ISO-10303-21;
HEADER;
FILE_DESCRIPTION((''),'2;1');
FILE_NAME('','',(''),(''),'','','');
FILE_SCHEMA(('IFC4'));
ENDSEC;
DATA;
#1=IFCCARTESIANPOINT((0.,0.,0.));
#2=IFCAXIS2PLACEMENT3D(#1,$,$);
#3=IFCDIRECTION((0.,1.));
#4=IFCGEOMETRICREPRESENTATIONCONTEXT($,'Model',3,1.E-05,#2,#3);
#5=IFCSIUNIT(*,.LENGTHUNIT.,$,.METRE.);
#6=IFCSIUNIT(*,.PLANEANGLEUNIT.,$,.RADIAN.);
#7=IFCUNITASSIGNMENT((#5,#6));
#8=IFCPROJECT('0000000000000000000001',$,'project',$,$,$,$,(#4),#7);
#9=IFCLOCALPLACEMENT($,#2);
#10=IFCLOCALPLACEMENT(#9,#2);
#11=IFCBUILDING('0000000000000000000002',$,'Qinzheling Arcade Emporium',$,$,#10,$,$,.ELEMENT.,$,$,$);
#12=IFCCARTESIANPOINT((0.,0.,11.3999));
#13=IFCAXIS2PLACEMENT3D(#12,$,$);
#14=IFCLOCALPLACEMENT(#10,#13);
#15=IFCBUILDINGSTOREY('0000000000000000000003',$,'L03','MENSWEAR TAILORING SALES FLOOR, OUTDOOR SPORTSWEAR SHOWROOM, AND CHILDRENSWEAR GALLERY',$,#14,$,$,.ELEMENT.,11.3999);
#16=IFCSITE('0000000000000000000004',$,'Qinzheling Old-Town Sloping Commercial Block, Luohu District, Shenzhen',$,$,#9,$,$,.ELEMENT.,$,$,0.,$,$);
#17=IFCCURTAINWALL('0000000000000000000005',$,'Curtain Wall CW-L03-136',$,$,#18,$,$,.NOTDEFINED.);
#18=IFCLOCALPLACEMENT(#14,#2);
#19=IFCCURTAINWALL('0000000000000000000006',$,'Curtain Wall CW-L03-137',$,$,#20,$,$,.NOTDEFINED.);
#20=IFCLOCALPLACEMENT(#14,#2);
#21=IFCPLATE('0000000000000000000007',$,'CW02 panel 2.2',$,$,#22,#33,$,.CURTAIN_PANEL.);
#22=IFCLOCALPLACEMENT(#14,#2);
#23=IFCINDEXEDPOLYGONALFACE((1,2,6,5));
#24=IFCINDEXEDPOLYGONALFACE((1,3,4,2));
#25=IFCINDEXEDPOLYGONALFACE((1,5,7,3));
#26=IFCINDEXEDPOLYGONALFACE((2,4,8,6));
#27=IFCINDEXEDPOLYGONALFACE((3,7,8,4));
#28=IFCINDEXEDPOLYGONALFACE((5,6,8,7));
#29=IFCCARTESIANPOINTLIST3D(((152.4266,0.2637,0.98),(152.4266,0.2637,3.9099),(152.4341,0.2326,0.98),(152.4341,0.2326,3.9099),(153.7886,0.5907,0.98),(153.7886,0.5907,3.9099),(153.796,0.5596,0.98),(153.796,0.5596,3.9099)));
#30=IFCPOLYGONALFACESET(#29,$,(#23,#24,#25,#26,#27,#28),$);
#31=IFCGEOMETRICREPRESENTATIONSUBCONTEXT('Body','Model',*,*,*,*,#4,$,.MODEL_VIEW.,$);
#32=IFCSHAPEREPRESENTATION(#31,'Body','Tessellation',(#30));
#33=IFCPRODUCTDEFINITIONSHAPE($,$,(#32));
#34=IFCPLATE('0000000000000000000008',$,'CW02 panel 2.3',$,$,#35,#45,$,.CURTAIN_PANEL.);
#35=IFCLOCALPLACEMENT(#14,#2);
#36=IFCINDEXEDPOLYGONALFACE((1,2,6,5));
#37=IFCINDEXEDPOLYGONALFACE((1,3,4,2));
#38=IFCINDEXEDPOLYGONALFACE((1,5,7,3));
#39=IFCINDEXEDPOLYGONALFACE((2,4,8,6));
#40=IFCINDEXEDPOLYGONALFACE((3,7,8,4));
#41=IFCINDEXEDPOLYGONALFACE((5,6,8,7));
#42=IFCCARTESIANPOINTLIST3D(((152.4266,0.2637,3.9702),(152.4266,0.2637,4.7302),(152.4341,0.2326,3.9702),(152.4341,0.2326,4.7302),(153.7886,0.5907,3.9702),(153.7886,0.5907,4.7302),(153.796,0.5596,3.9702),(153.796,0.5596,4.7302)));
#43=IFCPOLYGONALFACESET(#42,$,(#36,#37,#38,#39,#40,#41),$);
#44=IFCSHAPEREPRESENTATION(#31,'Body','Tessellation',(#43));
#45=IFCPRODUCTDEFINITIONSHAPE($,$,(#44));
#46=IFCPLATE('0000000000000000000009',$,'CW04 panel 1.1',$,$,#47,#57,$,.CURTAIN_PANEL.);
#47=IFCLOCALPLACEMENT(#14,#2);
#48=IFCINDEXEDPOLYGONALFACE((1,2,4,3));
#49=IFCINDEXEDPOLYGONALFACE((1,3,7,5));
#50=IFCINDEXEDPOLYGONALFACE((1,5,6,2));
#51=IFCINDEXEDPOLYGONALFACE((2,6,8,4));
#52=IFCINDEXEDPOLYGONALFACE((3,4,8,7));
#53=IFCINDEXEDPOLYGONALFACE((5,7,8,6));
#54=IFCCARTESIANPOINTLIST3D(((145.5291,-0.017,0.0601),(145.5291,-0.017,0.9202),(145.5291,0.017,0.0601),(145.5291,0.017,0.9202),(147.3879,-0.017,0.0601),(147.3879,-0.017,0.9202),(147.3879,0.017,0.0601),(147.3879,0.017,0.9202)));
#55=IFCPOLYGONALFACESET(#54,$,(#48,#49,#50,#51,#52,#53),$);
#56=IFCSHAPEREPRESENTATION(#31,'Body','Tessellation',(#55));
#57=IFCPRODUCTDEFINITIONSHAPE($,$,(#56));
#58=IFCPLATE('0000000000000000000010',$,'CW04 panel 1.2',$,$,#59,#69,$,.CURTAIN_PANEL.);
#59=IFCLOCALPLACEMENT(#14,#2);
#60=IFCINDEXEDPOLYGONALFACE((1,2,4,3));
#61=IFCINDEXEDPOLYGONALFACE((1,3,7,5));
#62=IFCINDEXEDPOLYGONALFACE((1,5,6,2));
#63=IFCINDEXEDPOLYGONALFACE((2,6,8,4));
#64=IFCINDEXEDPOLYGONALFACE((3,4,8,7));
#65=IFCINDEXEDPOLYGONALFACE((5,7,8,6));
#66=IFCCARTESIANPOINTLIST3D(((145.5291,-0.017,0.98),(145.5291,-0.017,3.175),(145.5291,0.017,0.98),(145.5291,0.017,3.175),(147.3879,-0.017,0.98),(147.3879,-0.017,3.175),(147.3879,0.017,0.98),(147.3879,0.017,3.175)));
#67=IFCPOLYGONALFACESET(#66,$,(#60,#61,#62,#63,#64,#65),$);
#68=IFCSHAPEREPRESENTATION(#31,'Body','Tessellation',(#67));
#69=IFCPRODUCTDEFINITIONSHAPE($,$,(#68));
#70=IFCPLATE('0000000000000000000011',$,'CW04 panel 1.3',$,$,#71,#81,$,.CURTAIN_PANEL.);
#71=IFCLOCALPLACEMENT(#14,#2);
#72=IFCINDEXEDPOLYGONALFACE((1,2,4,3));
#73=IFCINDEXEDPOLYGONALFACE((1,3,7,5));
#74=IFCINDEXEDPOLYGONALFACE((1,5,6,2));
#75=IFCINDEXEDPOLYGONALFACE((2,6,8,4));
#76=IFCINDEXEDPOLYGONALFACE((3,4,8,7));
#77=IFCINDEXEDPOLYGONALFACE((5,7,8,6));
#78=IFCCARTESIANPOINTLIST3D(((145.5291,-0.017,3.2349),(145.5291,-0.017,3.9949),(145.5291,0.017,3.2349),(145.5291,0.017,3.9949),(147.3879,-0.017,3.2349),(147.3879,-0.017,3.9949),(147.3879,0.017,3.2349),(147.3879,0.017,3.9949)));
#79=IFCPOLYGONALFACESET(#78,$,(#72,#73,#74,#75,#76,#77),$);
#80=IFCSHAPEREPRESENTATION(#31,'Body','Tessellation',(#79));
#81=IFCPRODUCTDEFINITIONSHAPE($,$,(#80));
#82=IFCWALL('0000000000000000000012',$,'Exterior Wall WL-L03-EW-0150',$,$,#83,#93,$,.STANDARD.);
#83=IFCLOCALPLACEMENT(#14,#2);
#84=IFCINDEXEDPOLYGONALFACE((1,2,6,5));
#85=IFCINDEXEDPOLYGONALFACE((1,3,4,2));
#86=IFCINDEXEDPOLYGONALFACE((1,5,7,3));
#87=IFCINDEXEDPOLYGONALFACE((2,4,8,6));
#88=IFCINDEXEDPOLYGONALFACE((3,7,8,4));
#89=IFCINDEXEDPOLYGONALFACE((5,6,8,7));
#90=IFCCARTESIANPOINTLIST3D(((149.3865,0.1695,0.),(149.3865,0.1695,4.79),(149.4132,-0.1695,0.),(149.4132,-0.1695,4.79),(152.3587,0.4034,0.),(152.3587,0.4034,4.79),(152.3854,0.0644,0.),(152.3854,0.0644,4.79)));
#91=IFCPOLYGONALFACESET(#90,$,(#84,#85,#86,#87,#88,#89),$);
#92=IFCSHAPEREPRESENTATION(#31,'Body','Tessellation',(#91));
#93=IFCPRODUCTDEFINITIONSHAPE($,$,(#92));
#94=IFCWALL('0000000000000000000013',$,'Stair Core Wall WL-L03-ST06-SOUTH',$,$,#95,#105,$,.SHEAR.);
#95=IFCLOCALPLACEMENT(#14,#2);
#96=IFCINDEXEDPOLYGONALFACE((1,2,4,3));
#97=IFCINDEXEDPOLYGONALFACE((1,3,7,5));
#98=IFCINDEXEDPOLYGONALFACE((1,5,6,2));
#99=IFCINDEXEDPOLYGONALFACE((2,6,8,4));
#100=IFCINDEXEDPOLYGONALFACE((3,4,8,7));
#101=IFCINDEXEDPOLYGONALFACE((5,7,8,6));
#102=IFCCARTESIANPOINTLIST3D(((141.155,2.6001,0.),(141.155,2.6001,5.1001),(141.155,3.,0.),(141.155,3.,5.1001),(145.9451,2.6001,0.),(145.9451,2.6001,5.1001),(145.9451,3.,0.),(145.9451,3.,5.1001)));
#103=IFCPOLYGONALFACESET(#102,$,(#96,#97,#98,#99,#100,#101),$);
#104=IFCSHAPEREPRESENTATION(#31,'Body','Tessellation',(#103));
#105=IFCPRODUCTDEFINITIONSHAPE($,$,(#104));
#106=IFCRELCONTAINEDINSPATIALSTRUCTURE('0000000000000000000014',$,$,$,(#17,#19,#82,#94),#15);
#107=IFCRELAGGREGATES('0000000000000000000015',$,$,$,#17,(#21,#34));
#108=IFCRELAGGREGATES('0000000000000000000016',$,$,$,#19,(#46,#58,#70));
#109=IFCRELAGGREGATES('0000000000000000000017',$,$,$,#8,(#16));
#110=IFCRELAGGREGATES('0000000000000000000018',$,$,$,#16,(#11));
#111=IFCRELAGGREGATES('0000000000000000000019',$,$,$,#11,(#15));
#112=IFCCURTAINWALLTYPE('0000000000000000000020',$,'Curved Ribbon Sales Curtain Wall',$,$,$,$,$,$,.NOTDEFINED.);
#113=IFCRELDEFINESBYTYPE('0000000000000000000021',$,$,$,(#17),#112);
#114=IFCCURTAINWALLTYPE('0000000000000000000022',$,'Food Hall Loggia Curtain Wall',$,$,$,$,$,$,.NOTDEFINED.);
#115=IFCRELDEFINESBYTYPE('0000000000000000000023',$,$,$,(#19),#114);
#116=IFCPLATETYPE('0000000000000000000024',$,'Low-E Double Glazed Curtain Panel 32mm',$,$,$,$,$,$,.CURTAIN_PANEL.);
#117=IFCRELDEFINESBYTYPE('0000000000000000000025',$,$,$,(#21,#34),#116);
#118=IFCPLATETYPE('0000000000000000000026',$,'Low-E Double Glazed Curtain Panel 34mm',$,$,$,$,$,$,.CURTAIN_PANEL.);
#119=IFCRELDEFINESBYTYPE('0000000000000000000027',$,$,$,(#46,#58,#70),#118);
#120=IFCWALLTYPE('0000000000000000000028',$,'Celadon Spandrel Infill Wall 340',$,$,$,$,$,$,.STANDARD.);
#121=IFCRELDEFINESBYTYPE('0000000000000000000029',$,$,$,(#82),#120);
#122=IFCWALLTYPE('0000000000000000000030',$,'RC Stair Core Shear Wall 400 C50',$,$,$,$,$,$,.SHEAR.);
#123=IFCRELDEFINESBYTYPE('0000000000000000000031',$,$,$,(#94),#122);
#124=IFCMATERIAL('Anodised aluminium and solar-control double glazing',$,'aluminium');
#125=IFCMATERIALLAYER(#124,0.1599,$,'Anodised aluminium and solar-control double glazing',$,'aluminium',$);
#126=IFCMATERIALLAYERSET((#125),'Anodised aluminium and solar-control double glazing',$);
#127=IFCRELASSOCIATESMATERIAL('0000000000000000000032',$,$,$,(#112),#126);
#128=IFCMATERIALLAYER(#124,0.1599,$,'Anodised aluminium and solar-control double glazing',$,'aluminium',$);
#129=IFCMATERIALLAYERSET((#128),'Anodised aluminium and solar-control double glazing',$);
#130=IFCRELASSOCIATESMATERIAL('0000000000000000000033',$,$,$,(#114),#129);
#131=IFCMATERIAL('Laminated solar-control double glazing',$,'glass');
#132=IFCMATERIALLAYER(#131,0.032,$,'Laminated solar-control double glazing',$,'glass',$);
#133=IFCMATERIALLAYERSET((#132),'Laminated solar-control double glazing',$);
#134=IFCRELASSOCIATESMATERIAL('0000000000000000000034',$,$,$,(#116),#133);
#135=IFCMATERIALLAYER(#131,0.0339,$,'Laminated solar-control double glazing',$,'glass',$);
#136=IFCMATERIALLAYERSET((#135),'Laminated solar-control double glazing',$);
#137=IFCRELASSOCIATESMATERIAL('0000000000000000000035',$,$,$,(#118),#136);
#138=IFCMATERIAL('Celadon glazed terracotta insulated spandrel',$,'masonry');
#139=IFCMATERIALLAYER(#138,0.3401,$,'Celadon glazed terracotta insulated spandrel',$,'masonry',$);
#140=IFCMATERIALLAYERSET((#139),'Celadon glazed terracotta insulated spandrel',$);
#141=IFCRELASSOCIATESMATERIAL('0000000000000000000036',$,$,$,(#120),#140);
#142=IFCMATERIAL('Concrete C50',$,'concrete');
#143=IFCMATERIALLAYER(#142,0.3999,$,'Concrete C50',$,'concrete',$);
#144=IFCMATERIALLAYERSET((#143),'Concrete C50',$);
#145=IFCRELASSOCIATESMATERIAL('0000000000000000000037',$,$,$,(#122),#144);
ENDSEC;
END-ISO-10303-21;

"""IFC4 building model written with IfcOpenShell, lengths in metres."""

from ifc_helpers import new_model, si_unit, direction, frame, frame_2d, origin, origin_2d, place, context, subcontext, project, spatial, rectangle, extrude, material, layer, layer_set, type_object, element, aggregate, save


model = new_model("IFC4")

# Units and contexts
model_context = context("Model", 3, precision=1e-05, world=origin(), true_north=direction((0.0, 1.0)))
body_context = subcontext(model_context, "Body", "Model", "MODEL_VIEW")
ifc_project = project(units=[si_unit("LENGTHUNIT", "METRE"), si_unit("PLANEANGLEUNIT", "RADIAN")], contexts=[model_context])

# Site, building, storey
site_placement = place(None, origin())
site = spatial("IfcSite", under=ifc_project, at=site_placement, Name="Qinzheling Old-Town Sloping Commercial Block, Luohu District, Shenzhen", CompositionType="ELEMENT", RefElevation=0.0)
building_placement = place(site_placement, origin())
building = spatial("IfcBuilding", under=site, at=building_placement, Name="Qinzheling Arcade Emporium", CompositionType="ELEMENT")
storey_placement = place(building_placement, frame((0.0, 0.0, 11.3999)))
storey = spatial("IfcBuildingStorey", under=building, at=storey_placement, Name="L03", Description="MENSWEAR TAILORING SALES FLOOR, OUTDOOR SPORTSWEAR SHOWROOM, AND CHILDRENSWEAR GALLERY", CompositionType="ELEMENT", Elevation=11.3999)

# Shared definitions
ifc_material_1 = material(Name="Concrete C50", Category="concrete")

# Shared definitions
ifc_material_2 = material(Name="Anodised aluminium and solar-control double glazing", Category="aluminium")
ifc_layer_1 = layer(ifc_material_2, 0.1599, Name="Anodised aluminium and solar-control double glazing", Category="aluminium")
ifc_layer_set_1 = layer_set([ifc_layer_1], Name="Anodised aluminium and solar-control double glazing")
curtain_wall_type_1 = type_object("IfcCurtainWallType", Name="Curved Ribbon Sales Curtain Wall", PredefinedType="NOTDEFINED", material=ifc_layer_set_1)

# Curtain wall
curtain_wall_1_placement = place(storey_placement, origin())
curtain_wall_1 = element("IfcCurtainWall", 1, at=curtain_wall_1_placement, inside=storey, type_object=curtain_wall_type_1, Name="Curtain Wall CW-L03-136", PredefinedType="NOTDEFINED")

# Curtain wall
ifc_layer_2 = layer(ifc_material_2, 0.1599, Name="Anodised aluminium and solar-control double glazing", Category="aluminium")
ifc_layer_set_2 = layer_set([ifc_layer_2], Name="Anodised aluminium and solar-control double glazing")
curtain_wall_type_2 = type_object("IfcCurtainWallType", Name="Food Hall Loggia Curtain Wall", PredefinedType="NOTDEFINED", material=ifc_layer_set_2)
curtain_wall_2_placement = place(storey_placement, origin())
curtain_wall_2 = element("IfcCurtainWall", 2, at=curtain_wall_2_placement, inside=storey, type_object=curtain_wall_type_2, Name="Curtain Wall CW-L03-137", PredefinedType="NOTDEFINED")

# Plates
ifc_material_3 = material(Name="Laminated solar-control double glazing", Category="glass")
ifc_layer_3 = layer(ifc_material_3, 0.032, Name="Laminated solar-control double glazing", Category="glass")
ifc_layer_set_3 = layer_set([ifc_layer_3], Name="Laminated solar-control double glazing")
plate_type_1 = type_object("IfcPlateType", Name="Low-E Double Glazed Curtain Panel 32mm", PredefinedType="CURTAIN_PANEL", material=ifc_layer_set_3)
plate_1_placement = place(storey_placement, frame((153.1113, 0.4116, 0.98), z_axis=(0.0, 0.0, 1.0), x_axis=(-0.972369, -0.233449, 0.0)))
plate_1 = element("IfcPlate", 3, at=plate_1_placement, type_object=plate_type_1, Name="CW02 panel 2.2", PredefinedType="CURTAIN_PANEL", context=body_context, shape_type="SweptSolid", body=[
    extrude(rectangle(XDim=1.4006, YDim=0.032, at=origin_2d()), origin(), (0.0, 0.0, 1.0), 2.9299),
])
plate_2_placement = place(storey_placement, frame((153.1113, 0.4116, 3.9702), z_axis=(0.0, 0.0, 1.0), x_axis=(-0.972369, -0.233449, 0.0)))
plate_2 = element("IfcPlate", 4, at=plate_2_placement, type_object=plate_type_1, Name="CW02 panel 2.3", PredefinedType="CURTAIN_PANEL", context=body_context, shape_type="SweptSolid", body=[
    extrude(rectangle(XDim=1.4006, YDim=0.032, at=origin_2d()), origin(), (0.0, 0.0, 1.0), 0.76),
])
aggregate(curtain_wall_1, [plate_1, plate_2])
ifc_layer_4 = layer(ifc_material_3, 0.0339, Name="Laminated solar-control double glazing", Category="glass")
ifc_layer_set_4 = layer_set([ifc_layer_4], Name="Laminated solar-control double glazing")
plate_type_2 = type_object("IfcPlateType", Name="Low-E Double Glazed Curtain Panel 34mm", PredefinedType="CURTAIN_PANEL", material=ifc_layer_set_4)
plate_3_placement = place(storey_placement, frame((146.4585, 0.0, 0.0601), z_axis=(0.0, 0.0, 1.0), x_axis=(-1.0, 0.0, 0.0)))
plate_3 = element("IfcPlate", 5, at=plate_3_placement, type_object=plate_type_2, Name="CW04 panel 1.1", PredefinedType="CURTAIN_PANEL", context=body_context, shape_type="SweptSolid", body=[
    extrude(rectangle(XDim=1.8589, YDim=0.0339, at=origin_2d()), origin(), (0.0, 0.0, 1.0), 0.8601),
])
plate_4_placement = place(storey_placement, frame((146.4585, 0.0, 0.98), z_axis=(0.0, 0.0, 1.0), x_axis=(-1.0, 0.0, 0.0)))
plate_4 = element("IfcPlate", 6, at=plate_4_placement, type_object=plate_type_2, Name="CW04 panel 1.2", PredefinedType="CURTAIN_PANEL", context=body_context, shape_type="SweptSolid", body=[
    extrude(rectangle(XDim=1.8589, YDim=0.0339, at=origin_2d()), origin(), (0.0, 0.0, 1.0), 2.1951),
])
plate_5_placement = place(storey_placement, frame((146.4585, 0.0, 3.2349), z_axis=(0.0, 0.0, 1.0), x_axis=(-1.0, 0.0, 0.0)))
plate_5 = element("IfcPlate", 7, at=plate_5_placement, type_object=plate_type_2, Name="CW04 panel 1.3", PredefinedType="CURTAIN_PANEL", context=body_context, shape_type="SweptSolid", body=[
    extrude(rectangle(XDim=1.8589, YDim=0.0339, at=origin_2d()), origin(), (0.0, 0.0, 1.0), 0.76),
])
aggregate(curtain_wall_2, [plate_3, plate_4, plate_5])

# Walls
ifc_material_4 = material(Name="Celadon glazed terracotta insulated spandrel", Category="masonry")
ifc_layer_5 = layer(ifc_material_4, 0.3401, Name="Celadon glazed terracotta insulated spandrel", Category="masonry")
ifc_layer_set_5 = layer_set([ifc_layer_5], Name="Celadon glazed terracotta insulated spandrel")
wall_type_1 = type_object("IfcWallType", Name="Celadon Spandrel Infill Wall 340", PredefinedType="STANDARD", material=ifc_layer_set_5)
wall_1_placement = place(storey_placement, frame((152.3721, 0.2339, 0.0), z_axis=(0.0, 0.0, 1.0), x_axis=(-0.996918, -0.07845, 0.0)))
element("IfcWall", 8, at=wall_1_placement, inside=storey, type_object=wall_type_1, Name="Exterior Wall WL-L03-EW-0150", PredefinedType="STANDARD", context=body_context, shape_type="SweptSolid", body=[
    extrude(rectangle(XDim=2.9814, YDim=0.3401, at=frame_2d((1.4907, 0.0))), origin(), (0.0, 0.0, 1.0), 4.79),
])
ifc_layer_6 = layer(ifc_material_1, 0.3999, Name="Concrete C50", Category="concrete")
ifc_layer_set_6 = layer_set([ifc_layer_6], Name="Concrete C50")
wall_type_2 = type_object("IfcWallType", Name="RC Stair Core Shear Wall 400 C50", PredefinedType="SHEAR", material=ifc_layer_set_6)
wall_2_placement = place(storey_placement, frame((145.9451, 2.8, 0.0), z_axis=(0.0, 0.0, 1.0), x_axis=(-1.0, 0.0, 0.0)))
element("IfcWall", 9, at=wall_2_placement, inside=storey, type_object=wall_type_2, Name="Stair Core Wall WL-L03-ST06-SOUTH", PredefinedType="SHEAR", context=body_context, shape_type="SweptSolid", body=[
    extrude(rectangle(XDim=4.79, YDim=0.3999, at=frame_2d((2.395, 0.0))), origin(), (0.0, 0.0, 1.0), 5.1001),
])

save(model, "model.ifc")
